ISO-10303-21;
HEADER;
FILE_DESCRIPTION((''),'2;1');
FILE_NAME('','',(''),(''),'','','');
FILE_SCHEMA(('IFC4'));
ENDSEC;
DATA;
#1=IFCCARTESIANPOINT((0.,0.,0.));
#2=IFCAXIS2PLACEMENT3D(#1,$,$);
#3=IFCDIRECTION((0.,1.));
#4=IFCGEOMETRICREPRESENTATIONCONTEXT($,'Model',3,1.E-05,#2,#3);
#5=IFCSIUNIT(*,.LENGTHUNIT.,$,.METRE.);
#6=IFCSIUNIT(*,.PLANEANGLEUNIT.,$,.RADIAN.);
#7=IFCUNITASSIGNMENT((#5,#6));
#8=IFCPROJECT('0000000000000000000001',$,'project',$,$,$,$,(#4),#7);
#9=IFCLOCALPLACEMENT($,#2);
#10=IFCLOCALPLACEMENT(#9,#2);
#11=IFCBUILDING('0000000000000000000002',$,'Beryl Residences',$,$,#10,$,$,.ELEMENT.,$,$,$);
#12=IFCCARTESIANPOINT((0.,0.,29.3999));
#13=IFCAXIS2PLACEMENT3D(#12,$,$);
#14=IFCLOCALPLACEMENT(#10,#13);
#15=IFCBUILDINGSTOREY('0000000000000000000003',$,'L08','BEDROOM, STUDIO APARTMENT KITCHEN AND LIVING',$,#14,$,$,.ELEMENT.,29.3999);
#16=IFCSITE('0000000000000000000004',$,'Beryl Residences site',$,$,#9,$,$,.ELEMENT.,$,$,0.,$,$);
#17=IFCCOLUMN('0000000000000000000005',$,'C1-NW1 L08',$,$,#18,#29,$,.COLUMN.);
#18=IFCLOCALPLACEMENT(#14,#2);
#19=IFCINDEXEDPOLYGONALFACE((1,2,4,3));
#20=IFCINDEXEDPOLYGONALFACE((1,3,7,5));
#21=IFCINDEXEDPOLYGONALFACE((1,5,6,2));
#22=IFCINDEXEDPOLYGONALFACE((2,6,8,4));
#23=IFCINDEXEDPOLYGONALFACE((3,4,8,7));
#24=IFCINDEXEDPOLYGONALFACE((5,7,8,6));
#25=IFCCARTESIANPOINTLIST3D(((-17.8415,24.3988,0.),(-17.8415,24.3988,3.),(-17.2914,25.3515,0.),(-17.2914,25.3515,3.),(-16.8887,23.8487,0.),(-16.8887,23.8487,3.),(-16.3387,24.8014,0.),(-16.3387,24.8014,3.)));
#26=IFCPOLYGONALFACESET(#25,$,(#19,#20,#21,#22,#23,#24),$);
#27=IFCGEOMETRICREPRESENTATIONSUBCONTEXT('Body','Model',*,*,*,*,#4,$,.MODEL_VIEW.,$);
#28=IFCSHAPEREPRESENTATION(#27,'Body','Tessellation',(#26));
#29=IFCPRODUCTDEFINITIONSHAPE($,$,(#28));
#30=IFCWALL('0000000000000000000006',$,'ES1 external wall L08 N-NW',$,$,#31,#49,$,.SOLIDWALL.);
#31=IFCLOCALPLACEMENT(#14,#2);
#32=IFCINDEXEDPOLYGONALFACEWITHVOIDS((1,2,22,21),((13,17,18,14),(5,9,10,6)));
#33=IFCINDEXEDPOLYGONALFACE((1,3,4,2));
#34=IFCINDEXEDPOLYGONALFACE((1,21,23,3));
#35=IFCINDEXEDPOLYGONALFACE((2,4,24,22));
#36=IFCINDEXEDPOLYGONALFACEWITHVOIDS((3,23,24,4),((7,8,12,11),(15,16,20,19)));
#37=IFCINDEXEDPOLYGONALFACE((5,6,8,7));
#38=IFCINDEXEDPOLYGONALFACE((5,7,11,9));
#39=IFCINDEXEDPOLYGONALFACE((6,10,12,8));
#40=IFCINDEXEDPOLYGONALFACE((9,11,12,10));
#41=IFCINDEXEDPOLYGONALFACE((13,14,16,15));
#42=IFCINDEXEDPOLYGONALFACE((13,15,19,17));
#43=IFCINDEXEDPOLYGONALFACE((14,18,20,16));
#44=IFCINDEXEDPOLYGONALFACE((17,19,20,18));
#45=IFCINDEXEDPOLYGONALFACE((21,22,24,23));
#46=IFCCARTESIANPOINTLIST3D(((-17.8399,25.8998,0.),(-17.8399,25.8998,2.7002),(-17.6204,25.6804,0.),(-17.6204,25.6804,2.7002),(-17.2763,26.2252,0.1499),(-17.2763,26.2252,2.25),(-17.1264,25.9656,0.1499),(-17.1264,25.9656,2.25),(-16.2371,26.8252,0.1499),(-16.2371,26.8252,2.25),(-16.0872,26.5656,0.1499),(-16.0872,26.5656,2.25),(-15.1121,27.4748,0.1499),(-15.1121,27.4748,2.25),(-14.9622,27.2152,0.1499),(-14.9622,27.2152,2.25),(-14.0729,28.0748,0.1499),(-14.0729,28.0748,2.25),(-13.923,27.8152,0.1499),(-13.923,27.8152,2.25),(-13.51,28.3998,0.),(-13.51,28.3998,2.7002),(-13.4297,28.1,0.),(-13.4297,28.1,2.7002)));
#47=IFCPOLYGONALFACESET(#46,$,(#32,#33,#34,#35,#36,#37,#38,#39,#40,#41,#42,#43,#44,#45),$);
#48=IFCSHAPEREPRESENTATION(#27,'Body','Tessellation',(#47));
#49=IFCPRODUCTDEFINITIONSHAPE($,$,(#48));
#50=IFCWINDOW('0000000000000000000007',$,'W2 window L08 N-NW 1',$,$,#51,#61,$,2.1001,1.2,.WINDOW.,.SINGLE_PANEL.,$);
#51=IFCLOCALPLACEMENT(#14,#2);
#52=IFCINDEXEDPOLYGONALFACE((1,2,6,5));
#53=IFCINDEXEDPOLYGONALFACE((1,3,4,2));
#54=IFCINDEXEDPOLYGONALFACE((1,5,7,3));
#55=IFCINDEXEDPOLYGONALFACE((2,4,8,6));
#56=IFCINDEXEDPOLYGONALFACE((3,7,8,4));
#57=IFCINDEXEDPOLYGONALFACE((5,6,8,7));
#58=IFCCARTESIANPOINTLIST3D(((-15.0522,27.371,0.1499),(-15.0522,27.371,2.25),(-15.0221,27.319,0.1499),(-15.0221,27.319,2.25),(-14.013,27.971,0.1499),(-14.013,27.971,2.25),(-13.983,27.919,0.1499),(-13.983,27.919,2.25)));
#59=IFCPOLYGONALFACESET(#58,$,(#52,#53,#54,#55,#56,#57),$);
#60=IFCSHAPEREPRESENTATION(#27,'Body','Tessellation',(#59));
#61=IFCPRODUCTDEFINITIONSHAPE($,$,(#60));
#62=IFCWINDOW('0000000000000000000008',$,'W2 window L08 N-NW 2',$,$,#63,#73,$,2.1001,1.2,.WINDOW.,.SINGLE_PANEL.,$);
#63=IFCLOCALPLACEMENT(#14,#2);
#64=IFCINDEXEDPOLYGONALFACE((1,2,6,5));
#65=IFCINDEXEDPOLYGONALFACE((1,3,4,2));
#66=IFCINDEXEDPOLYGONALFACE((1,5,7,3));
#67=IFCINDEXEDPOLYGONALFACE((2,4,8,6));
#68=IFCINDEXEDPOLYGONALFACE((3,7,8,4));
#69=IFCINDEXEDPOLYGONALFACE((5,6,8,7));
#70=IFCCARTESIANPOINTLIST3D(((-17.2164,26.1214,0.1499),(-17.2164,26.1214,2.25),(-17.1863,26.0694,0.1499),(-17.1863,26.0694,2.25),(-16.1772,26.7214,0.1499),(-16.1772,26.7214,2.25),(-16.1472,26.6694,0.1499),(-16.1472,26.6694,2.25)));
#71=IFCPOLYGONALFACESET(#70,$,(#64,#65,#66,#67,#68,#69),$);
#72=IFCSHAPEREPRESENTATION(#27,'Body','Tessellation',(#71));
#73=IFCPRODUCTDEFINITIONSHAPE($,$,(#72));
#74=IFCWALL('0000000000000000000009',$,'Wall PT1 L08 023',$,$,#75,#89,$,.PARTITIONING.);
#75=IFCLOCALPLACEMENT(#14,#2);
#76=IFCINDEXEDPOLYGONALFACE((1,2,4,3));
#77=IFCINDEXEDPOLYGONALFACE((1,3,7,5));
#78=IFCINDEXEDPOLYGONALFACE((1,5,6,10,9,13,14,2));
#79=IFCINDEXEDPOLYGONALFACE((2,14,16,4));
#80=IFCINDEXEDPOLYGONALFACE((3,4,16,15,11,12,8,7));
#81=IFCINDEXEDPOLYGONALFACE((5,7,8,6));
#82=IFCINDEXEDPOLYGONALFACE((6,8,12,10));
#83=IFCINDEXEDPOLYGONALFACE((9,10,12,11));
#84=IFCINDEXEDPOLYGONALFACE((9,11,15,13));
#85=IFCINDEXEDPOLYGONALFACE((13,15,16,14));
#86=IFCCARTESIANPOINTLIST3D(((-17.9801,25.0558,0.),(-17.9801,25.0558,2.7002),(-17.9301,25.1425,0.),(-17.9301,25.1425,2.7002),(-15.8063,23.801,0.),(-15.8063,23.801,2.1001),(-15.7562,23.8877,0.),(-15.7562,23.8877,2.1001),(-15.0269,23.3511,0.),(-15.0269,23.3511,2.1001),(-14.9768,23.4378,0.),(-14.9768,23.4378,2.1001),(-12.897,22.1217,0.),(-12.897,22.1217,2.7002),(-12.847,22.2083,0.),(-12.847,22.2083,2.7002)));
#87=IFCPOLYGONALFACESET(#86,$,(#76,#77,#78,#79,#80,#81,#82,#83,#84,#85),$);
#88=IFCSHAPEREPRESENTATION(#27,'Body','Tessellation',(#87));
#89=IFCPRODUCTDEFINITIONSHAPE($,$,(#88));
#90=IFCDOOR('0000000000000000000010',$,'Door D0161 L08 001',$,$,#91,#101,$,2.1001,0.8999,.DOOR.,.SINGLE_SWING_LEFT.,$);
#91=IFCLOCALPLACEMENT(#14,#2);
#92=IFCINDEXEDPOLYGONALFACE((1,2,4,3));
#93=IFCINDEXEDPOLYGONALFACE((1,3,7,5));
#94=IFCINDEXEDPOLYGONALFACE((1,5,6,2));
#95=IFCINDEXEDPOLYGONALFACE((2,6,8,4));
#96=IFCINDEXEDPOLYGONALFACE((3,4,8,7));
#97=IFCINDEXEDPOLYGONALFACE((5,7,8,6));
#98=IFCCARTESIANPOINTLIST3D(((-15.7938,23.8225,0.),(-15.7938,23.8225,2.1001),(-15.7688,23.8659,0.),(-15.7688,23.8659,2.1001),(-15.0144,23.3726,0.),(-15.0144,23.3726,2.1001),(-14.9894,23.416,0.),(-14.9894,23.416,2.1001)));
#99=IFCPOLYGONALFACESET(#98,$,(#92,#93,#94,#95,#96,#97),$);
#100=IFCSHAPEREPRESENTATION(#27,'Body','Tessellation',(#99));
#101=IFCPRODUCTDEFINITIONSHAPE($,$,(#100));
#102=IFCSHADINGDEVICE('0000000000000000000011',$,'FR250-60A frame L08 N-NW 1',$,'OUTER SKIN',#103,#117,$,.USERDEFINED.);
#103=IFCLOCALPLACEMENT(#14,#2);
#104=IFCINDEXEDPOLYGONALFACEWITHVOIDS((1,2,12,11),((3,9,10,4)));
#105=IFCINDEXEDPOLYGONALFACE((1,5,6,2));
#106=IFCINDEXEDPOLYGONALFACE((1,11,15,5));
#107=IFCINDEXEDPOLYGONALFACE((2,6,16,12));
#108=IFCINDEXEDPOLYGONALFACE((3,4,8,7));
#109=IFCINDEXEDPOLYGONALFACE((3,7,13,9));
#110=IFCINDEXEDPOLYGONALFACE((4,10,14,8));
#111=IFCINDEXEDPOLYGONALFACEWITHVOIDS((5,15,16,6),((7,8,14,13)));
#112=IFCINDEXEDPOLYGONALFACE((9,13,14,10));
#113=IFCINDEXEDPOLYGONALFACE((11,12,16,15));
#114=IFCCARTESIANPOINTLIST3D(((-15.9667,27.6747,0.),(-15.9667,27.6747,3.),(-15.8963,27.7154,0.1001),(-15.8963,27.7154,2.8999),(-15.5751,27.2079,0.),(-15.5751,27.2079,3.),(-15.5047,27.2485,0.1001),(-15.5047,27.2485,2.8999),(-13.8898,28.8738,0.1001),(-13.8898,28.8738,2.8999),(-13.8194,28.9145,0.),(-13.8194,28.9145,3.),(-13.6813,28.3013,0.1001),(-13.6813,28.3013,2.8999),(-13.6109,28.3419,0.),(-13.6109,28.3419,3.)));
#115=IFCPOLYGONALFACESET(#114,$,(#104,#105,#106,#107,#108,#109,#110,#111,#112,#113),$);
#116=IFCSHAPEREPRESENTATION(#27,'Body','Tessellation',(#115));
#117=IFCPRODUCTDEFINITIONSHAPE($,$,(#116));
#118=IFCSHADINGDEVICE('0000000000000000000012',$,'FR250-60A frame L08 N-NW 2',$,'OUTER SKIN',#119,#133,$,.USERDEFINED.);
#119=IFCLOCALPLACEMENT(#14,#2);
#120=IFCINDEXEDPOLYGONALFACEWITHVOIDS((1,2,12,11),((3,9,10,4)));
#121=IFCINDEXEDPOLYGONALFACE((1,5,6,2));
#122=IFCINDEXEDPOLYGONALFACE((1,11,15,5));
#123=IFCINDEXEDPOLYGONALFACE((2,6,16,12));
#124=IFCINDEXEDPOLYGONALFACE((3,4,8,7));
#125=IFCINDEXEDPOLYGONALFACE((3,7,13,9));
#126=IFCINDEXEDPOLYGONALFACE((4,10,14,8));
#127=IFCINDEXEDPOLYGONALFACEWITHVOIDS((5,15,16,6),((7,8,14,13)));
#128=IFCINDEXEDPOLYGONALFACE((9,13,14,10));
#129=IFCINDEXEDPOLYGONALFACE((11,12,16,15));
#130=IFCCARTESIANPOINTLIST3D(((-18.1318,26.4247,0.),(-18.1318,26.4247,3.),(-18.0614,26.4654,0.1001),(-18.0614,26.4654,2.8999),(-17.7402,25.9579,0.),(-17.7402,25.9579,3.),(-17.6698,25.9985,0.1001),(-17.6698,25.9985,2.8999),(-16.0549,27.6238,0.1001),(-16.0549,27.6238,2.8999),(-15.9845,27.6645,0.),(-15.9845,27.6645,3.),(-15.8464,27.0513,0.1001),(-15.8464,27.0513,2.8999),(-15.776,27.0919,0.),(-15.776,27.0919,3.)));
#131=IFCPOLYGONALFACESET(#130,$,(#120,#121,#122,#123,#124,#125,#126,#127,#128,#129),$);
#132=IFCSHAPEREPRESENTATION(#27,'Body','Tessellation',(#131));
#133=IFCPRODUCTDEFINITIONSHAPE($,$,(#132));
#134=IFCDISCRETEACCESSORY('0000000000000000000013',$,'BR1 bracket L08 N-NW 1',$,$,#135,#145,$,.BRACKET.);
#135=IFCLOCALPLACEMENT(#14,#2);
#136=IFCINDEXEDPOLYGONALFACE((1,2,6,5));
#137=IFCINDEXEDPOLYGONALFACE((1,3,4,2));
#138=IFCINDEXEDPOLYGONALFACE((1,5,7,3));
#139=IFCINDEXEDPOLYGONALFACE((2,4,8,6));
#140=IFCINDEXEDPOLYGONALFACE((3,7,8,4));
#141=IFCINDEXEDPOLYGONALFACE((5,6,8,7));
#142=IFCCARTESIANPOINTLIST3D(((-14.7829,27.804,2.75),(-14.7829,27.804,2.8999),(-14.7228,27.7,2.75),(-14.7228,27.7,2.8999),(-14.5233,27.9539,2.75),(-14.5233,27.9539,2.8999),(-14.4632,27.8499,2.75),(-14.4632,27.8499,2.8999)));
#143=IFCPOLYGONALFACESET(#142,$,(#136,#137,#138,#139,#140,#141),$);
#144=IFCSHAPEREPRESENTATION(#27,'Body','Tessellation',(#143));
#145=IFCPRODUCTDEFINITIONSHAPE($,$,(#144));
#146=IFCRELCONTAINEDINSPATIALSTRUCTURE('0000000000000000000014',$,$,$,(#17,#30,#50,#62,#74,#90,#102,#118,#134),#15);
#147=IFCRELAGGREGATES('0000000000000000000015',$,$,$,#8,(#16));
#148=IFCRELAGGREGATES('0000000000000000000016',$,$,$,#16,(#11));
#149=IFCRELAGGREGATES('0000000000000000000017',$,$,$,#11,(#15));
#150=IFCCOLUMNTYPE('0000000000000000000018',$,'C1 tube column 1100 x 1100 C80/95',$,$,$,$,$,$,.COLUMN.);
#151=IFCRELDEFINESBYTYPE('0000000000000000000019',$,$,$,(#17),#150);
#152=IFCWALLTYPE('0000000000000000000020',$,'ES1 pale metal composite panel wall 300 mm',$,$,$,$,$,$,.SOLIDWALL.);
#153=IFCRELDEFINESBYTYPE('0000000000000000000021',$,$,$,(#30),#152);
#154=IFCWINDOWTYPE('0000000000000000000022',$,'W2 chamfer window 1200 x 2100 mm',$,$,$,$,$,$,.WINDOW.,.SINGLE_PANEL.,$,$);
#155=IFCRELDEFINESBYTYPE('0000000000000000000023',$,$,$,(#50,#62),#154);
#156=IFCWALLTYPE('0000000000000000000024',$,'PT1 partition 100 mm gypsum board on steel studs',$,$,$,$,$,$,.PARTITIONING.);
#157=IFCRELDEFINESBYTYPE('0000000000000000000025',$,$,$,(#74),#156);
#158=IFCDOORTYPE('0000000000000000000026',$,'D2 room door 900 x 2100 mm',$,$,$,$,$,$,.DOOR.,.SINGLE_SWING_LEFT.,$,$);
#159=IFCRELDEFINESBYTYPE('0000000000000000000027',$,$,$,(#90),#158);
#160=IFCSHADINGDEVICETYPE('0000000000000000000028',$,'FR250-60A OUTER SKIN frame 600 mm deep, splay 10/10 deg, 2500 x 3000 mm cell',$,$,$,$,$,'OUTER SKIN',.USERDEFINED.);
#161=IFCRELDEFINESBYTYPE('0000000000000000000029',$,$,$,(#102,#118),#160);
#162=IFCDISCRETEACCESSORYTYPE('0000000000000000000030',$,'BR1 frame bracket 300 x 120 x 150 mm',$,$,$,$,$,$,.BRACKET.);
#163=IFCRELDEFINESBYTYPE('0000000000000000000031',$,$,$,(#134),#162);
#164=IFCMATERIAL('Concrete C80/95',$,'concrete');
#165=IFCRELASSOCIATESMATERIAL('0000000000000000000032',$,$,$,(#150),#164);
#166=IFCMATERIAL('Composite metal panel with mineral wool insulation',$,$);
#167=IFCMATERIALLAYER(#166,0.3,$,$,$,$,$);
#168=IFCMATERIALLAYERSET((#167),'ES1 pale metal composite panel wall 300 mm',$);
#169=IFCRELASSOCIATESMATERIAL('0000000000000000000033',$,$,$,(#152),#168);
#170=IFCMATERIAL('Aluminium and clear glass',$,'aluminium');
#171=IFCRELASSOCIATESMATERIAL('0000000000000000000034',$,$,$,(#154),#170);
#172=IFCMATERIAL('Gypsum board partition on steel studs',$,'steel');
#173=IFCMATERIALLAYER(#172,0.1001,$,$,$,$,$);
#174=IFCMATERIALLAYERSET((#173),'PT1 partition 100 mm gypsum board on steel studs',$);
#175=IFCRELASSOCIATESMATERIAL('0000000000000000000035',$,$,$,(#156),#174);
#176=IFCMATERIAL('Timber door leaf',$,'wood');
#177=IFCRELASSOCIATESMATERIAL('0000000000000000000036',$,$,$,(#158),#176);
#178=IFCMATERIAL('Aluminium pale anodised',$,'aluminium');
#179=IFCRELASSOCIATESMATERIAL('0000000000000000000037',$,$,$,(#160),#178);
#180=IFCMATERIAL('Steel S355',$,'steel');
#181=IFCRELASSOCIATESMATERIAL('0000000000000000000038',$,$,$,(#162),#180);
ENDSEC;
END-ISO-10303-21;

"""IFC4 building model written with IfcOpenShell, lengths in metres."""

from ifc_helpers import new_model, entity, si_unit, direction, frame, frame_2d, origin, origin_2d, place, context, subcontext, project, spatial, polyline, rectangle, outline, extrude, source, transform, mapped, material, layer, layer_set, material_profile, profile_set, type_object, type_shapes, element, fill, save


model = new_model("IFC4")

# Units and contexts
model_context = context("Model", 3, precision=1e-05, world=origin(), true_north=direction((0.0, 1.0)))
body_context = subcontext(model_context, "Body", "Model", "MODEL_VIEW")
ifc_project = project(units=[si_unit("LENGTHUNIT", "METRE"), si_unit("PLANEANGLEUNIT", "RADIAN")], contexts=[model_context])

# Site, building, storey
site_placement = place(None, origin())
site = spatial("IfcSite", under=ifc_project, at=site_placement, Name="Beryl Residences site", CompositionType="ELEMENT", RefElevation=0.0)
building_placement = place(site_placement, origin())
building = spatial("IfcBuilding", under=site, at=building_placement, Name="Beryl Residences", CompositionType="ELEMENT")
storey_placement = place(building_placement, frame((0.0, 0.0, 29.3999)))
storey = spatial("IfcBuildingStorey", under=building, at=storey_placement, Name="L08", Description="BEDROOM, STUDIO APARTMENT KITCHEN AND LIVING", CompositionType="ELEMENT", Elevation=29.3999)

# Column
ifc_material_1 = material(Name="Concrete C80/95", Category="concrete")
ifc_material_profile = material_profile(ifc_material_1, rectangle(XDim=1.1001, YDim=1.1001, at=origin_2d()))
ifc_profile_set = profile_set([ifc_material_profile], Name="Concrete C80/95")
column_type = type_object("IfcColumnType", Name="C1 tube column 1100 x 1100 C80/95", PredefinedType="COLUMN", material=ifc_profile_set)
column_placement = place(storey_placement, frame((-17.0901, 24.6001, 0.0), z_axis=(0.0, 0.0, 1.0), x_axis=(-0.499985, -0.866034, 0.0)))
element("IfcColumn", 1, at=column_placement, inside=storey, type_object=column_type, Name="C1-NW1 L08", PredefinedType="COLUMN", context=body_context, shape_type="SweptSolid", body=[
    extrude(rectangle(XDim=1.1001, YDim=1.1001, at=origin_2d()), origin(), (0.0, 0.0, 1.0), 3.0),
])

# Wall, openings, windows
ifc_material_2 = material(Name="Composite metal panel with mineral wool insulation")
ifc_layer_1 = layer(ifc_material_2, 0.3)
ifc_layer_set_1 = layer_set([ifc_layer_1], Name="ES1 pale metal composite panel wall 300 mm")
wall_type_1 = type_object("IfcWallType", Name="ES1 pale metal composite panel wall 300 mm", PredefinedType="SOLIDWALL", material=ifc_layer_set_1)
wall_1_placement = place(storey_placement, frame((-13.4351, 28.27, 0.0), z_axis=(0.0, 0.0, 1.0), x_axis=(-0.866011, -0.500025, 0.0)))
wall_1 = element("IfcWall", 2, at=wall_1_placement, inside=storey, type_object=wall_type_1, Name="ES1 external wall L08 N-NW", PredefinedType="SOLIDWALL", context=body_context, shape_type="SweptSolid", body=[
    extrude(outline(polyline([(0.0, -0.1499), (4.9998, -0.1499), (4.9194, 0.1499), (0.0803, 0.1499), (0.0, -0.1499)])), origin(), (0.0, 0.0, 1.0), 2.7002),
])
opening_1_placement = place(wall_1_placement, frame((0.6499, 0.0, 0.1499)))
opening_1 = element("IfcOpeningElement", 3, at=opening_1_placement, cuts=wall_1, PredefinedType="OPENING", context=body_context, shape_type="SweptSolid", body=[
    extrude(rectangle(XDim=1.2, YDim=2.1001, at=frame_2d((0.6001, 1.05))), frame((0.0, 0.1599, 0.0), z_axis=(0.0, -1.0, 0.0), x_axis=(1.0, 0.0, 0.0)), (0.0, 0.0, 1.0), 0.3201),
])
opening_2_placement = place(wall_1_placement, frame((3.1489, 0.0, 0.1499)))
opening_2 = element("IfcOpeningElement", 4, at=opening_2_placement, cuts=wall_1, PredefinedType="OPENING", context=body_context, shape_type="SweptSolid", body=[
    extrude(rectangle(XDim=1.2, YDim=2.1001, at=frame_2d((0.6001, 1.05))), frame((0.0, 0.1599, 0.0), z_axis=(0.0, -1.0, 0.0), x_axis=(1.0, 0.0, 0.0)), (0.0, 0.0, 1.0), 0.3201),
])
ifc_material_3 = material(Name="Aluminium and clear glass", Category="aluminium")
window_type_1 = type_object("IfcWindowType", Name="W2 chamfer window 1200 x 2100 mm", PartitioningType="SINGLE_PANEL", PredefinedType="WINDOW", material=ifc_material_3)
window_1_placement = place(opening_1_placement, origin())
window_1 = element("IfcWindow", 5, at=window_1_placement, inside=storey, type_object=window_type_1, Name="W2 window L08 N-NW 1", OverallHeight=2.1001, OverallWidth=1.2, PartitioningType="SINGLE_PANEL", PredefinedType="WINDOW", context=body_context, shape_type="SweptSolid", body=[
    extrude(rectangle(XDim=1.2, YDim=2.1001, at=frame_2d((0.6001, 1.05))), frame((0.0, 0.03, 0.0), z_axis=(0.0, -1.0, 0.0), x_axis=(1.0, 0.0, 0.0)), (0.0, 0.0, 1.0), 0.0601),
])
fill(opening_1, window_1)
window_2_placement = place(opening_2_placement, origin())
window_2 = element("IfcWindow", 6, at=window_2_placement, inside=storey, type_object=window_type_1, Name="W2 window L08 N-NW 2", OverallHeight=2.1001, OverallWidth=1.2, PartitioningType="SINGLE_PANEL", PredefinedType="WINDOW", context=body_context, shape_type="SweptSolid", body=[
    extrude(rectangle(XDim=1.2, YDim=2.1001, at=frame_2d((0.6001, 1.05))), frame((0.0, 0.03, 0.0), z_axis=(0.0, -1.0, 0.0), x_axis=(1.0, 0.0, 0.0)), (0.0, 0.0, 1.0), 0.0601),
])
fill(opening_2, window_2)

# Wall, opening, door
ifc_material_4 = material(Name="Gypsum board partition on steel studs", Category="steel")
ifc_layer_2 = layer(ifc_material_4, 0.1001)
ifc_layer_set_2 = layer_set([ifc_layer_2], Name="PT1 partition 100 mm gypsum board on steel studs")
wall_type_2 = type_object("IfcWallType", Name="PT1 partition 100 mm gypsum board on steel studs", PredefinedType="PARTITIONING", material=ifc_layer_set_2)
wall_2_placement = place(storey_placement, frame((-17.9551, 25.0991, 0.0), z_axis=(0.0, 0.0, 1.0), x_axis=(0.866069, -0.499924, 0.0)))
wall_2 = element("IfcWall", 7, at=wall_2_placement, inside=storey, type_object=wall_type_2, Name="Wall PT1 L08 023", PredefinedType="PARTITIONING", context=body_context, shape_type="SweptSolid", body=[
    extrude(rectangle(XDim=5.8691, YDim=0.1001, at=frame_2d((2.9346, 0.0))), origin(), (0.0, 0.0, 1.0), 2.7002),
])
opening_3_placement = place(wall_2_placement, frame((2.51, 0.0, 0.0)))
opening_3 = element("IfcOpeningElement", 8, at=opening_3_placement, cuts=wall_2, PredefinedType="OPENING", context=body_context, shape_type="SweptSolid", body=[
    extrude(rectangle(XDim=0.8999, YDim=2.1001, at=frame_2d((0.45, 1.05))), frame((0.0, 0.0601, 0.0), z_axis=(0.0, -1.0, 0.0), x_axis=(1.0, 0.0, 0.0)), (0.0, 0.0, 1.0), 0.1201),
])
ifc_material_5 = material(Name="Timber door leaf", Category="wood")
door_type = type_object("IfcDoorType", Name="D2 room door 900 x 2100 mm", OperationType="SINGLE_SWING_LEFT", PredefinedType="DOOR", material=ifc_material_5)
door_placement = place(opening_3_placement, origin())
door = element("IfcDoor", 9, at=door_placement, inside=storey, type_object=door_type, Name="Door D0161 L08 001", OperationType="SINGLE_SWING_LEFT", OverallHeight=2.1001, OverallWidth=0.8999, PredefinedType="DOOR", context=body_context, shape_type="SweptSolid", body=[
    extrude(rectangle(XDim=0.8999, YDim=2.1001, at=frame_2d((0.45, 1.05))), frame((0.0, 0.0249, 0.0), z_axis=(0.0, -1.0, 0.0), x_axis=(1.0, 0.0, 0.0)), (0.0, 0.0, 1.0), 0.05),
])
fill(opening_3, door)

# Shading devices
ifc_material_6 = material(Name="Aluminium pale anodised", Category="aluminium")
shading_device_type = type_object("IfcShadingDeviceType", Name="FR250-60A OUTER SKIN frame 600 mm deep, splay 10/10 deg, 2500 x 3000 mm cell", ElementType="OUTER SKIN", PredefinedType="USERDEFINED", material=ifc_material_6)
cartesian_point_1 = entity("IfcCartesianPoint", [-1.134, 0.0])
cartesian_point_2 = entity("IfcCartesianPoint", [-1.0527, 0.1001])
cartesian_point_3 = entity("IfcCartesianPoint", [-1.2397, 0.0])
cartesian_point_4 = entity("IfcCartesianPoint", [-1.1584, 0.1001])
shared_shape_1 = source(origin(), body_context, "Body", "SweptSolid", [
    entity("IfcExtrudedAreaSolidTapered", entity("IfcArbitraryProfileDefWithVoids", "AREA", None, entity("IfcPolyline", [cartesian_point_1, entity("IfcCartesianPoint", [1.134, 0.0]), entity("IfcCartesianPoint", [1.134, 3.0]), entity("IfcCartesianPoint", [-1.134, 3.0]), cartesian_point_1]), [entity("IfcPolyline", [cartesian_point_2, entity("IfcCartesianPoint", [1.0527, 0.1001]), entity("IfcCartesianPoint", [1.0527, 2.8999]), entity("IfcCartesianPoint", [-1.0527, 2.8999]), cartesian_point_2])]), entity("IfcAxis2Placement3D", entity("IfcCartesianPoint", [0.0, 0.0, 0.0]), entity("IfcDirection", [0.0, 1.0, 0.0]), entity("IfcDirection", [-1.0, 0.0, 0.0])), entity("IfcDirection", [0.0, 0.0, 1.0]), 0.6001, entity("IfcArbitraryProfileDefWithVoids", "AREA", None, entity("IfcPolyline", [cartesian_point_3, entity("IfcCartesianPoint", [1.2397, 0.0]), entity("IfcCartesianPoint", [1.2397, 3.0]), entity("IfcCartesianPoint", [-1.2397, 3.0]), cartesian_point_3]), [entity("IfcPolyline", [cartesian_point_4, entity("IfcCartesianPoint", [1.1584, 0.1001]), entity("IfcCartesianPoint", [1.1584, 2.8999]), entity("IfcCartesianPoint", [-1.1584, 2.8999]), cartesian_point_4])])),
])
type_shapes(shading_device_type, [shared_shape_1])
for number, where, z_axis, x_axis, name in (
    (10, (-14.593, 27.7749, 0.0), (0.0, 0.0, 1.0), (0.866025, 0.5, 0.0), "FR250-60A frame L08 N-NW 1"),
    (11, (-16.7581, 26.5249, 0.0), (0.0, 0.0, 1.0), (0.866025, 0.5, 0.0), "FR250-60A frame L08 N-NW 2"),
):
    element("IfcShadingDevice", number, at=place(storey_placement, frame(where, z_axis=z_axis, x_axis=x_axis)), inside=storey, type_object=shading_device_type, Name=name, ObjectType="OUTER SKIN", PredefinedType="USERDEFINED", context=body_context, shape_type="MappedRepresentation", body=[
        mapped(shared_shape_1, transform((0.0, 0.0, 0.0))),
    ])

# Discrete accessory
ifc_material_7 = material(Name="Steel S355", Category="steel")
discrete_accessory_type = type_object("IfcDiscreteAccessoryType", Name="BR1 frame bracket 300 x 120 x 150 mm", PredefinedType="BRACKET", material=ifc_material_7)
shared_shape_2 = source(origin(), body_context, "Body", "SweptSolid", [
    extrude(outline(polyline([(-0.1499, 0.0), (0.1499, 0.0), (0.1499, 0.1201), (-0.1499, 0.1201), (-0.1499, 0.0)])), origin(), (0.0, 0.0, 1.0), 0.1499),
])
type_shapes(discrete_accessory_type, [shared_shape_2])
discrete_accessory_placement = place(storey_placement, frame((-14.593, 27.7749, 2.75), z_axis=(0.0, 0.0, 1.0), x_axis=(0.866025, 0.5, 0.0)))
element("IfcDiscreteAccessory", 12, at=discrete_accessory_placement, inside=storey, type_object=discrete_accessory_type, Name="BR1 bracket L08 N-NW 1", PredefinedType="BRACKET", context=body_context, shape_type="MappedRepresentation", body=[
    mapped(shared_shape_2, transform((0.0, 0.0, 0.0))),
])

save(model, "model.ifc")
